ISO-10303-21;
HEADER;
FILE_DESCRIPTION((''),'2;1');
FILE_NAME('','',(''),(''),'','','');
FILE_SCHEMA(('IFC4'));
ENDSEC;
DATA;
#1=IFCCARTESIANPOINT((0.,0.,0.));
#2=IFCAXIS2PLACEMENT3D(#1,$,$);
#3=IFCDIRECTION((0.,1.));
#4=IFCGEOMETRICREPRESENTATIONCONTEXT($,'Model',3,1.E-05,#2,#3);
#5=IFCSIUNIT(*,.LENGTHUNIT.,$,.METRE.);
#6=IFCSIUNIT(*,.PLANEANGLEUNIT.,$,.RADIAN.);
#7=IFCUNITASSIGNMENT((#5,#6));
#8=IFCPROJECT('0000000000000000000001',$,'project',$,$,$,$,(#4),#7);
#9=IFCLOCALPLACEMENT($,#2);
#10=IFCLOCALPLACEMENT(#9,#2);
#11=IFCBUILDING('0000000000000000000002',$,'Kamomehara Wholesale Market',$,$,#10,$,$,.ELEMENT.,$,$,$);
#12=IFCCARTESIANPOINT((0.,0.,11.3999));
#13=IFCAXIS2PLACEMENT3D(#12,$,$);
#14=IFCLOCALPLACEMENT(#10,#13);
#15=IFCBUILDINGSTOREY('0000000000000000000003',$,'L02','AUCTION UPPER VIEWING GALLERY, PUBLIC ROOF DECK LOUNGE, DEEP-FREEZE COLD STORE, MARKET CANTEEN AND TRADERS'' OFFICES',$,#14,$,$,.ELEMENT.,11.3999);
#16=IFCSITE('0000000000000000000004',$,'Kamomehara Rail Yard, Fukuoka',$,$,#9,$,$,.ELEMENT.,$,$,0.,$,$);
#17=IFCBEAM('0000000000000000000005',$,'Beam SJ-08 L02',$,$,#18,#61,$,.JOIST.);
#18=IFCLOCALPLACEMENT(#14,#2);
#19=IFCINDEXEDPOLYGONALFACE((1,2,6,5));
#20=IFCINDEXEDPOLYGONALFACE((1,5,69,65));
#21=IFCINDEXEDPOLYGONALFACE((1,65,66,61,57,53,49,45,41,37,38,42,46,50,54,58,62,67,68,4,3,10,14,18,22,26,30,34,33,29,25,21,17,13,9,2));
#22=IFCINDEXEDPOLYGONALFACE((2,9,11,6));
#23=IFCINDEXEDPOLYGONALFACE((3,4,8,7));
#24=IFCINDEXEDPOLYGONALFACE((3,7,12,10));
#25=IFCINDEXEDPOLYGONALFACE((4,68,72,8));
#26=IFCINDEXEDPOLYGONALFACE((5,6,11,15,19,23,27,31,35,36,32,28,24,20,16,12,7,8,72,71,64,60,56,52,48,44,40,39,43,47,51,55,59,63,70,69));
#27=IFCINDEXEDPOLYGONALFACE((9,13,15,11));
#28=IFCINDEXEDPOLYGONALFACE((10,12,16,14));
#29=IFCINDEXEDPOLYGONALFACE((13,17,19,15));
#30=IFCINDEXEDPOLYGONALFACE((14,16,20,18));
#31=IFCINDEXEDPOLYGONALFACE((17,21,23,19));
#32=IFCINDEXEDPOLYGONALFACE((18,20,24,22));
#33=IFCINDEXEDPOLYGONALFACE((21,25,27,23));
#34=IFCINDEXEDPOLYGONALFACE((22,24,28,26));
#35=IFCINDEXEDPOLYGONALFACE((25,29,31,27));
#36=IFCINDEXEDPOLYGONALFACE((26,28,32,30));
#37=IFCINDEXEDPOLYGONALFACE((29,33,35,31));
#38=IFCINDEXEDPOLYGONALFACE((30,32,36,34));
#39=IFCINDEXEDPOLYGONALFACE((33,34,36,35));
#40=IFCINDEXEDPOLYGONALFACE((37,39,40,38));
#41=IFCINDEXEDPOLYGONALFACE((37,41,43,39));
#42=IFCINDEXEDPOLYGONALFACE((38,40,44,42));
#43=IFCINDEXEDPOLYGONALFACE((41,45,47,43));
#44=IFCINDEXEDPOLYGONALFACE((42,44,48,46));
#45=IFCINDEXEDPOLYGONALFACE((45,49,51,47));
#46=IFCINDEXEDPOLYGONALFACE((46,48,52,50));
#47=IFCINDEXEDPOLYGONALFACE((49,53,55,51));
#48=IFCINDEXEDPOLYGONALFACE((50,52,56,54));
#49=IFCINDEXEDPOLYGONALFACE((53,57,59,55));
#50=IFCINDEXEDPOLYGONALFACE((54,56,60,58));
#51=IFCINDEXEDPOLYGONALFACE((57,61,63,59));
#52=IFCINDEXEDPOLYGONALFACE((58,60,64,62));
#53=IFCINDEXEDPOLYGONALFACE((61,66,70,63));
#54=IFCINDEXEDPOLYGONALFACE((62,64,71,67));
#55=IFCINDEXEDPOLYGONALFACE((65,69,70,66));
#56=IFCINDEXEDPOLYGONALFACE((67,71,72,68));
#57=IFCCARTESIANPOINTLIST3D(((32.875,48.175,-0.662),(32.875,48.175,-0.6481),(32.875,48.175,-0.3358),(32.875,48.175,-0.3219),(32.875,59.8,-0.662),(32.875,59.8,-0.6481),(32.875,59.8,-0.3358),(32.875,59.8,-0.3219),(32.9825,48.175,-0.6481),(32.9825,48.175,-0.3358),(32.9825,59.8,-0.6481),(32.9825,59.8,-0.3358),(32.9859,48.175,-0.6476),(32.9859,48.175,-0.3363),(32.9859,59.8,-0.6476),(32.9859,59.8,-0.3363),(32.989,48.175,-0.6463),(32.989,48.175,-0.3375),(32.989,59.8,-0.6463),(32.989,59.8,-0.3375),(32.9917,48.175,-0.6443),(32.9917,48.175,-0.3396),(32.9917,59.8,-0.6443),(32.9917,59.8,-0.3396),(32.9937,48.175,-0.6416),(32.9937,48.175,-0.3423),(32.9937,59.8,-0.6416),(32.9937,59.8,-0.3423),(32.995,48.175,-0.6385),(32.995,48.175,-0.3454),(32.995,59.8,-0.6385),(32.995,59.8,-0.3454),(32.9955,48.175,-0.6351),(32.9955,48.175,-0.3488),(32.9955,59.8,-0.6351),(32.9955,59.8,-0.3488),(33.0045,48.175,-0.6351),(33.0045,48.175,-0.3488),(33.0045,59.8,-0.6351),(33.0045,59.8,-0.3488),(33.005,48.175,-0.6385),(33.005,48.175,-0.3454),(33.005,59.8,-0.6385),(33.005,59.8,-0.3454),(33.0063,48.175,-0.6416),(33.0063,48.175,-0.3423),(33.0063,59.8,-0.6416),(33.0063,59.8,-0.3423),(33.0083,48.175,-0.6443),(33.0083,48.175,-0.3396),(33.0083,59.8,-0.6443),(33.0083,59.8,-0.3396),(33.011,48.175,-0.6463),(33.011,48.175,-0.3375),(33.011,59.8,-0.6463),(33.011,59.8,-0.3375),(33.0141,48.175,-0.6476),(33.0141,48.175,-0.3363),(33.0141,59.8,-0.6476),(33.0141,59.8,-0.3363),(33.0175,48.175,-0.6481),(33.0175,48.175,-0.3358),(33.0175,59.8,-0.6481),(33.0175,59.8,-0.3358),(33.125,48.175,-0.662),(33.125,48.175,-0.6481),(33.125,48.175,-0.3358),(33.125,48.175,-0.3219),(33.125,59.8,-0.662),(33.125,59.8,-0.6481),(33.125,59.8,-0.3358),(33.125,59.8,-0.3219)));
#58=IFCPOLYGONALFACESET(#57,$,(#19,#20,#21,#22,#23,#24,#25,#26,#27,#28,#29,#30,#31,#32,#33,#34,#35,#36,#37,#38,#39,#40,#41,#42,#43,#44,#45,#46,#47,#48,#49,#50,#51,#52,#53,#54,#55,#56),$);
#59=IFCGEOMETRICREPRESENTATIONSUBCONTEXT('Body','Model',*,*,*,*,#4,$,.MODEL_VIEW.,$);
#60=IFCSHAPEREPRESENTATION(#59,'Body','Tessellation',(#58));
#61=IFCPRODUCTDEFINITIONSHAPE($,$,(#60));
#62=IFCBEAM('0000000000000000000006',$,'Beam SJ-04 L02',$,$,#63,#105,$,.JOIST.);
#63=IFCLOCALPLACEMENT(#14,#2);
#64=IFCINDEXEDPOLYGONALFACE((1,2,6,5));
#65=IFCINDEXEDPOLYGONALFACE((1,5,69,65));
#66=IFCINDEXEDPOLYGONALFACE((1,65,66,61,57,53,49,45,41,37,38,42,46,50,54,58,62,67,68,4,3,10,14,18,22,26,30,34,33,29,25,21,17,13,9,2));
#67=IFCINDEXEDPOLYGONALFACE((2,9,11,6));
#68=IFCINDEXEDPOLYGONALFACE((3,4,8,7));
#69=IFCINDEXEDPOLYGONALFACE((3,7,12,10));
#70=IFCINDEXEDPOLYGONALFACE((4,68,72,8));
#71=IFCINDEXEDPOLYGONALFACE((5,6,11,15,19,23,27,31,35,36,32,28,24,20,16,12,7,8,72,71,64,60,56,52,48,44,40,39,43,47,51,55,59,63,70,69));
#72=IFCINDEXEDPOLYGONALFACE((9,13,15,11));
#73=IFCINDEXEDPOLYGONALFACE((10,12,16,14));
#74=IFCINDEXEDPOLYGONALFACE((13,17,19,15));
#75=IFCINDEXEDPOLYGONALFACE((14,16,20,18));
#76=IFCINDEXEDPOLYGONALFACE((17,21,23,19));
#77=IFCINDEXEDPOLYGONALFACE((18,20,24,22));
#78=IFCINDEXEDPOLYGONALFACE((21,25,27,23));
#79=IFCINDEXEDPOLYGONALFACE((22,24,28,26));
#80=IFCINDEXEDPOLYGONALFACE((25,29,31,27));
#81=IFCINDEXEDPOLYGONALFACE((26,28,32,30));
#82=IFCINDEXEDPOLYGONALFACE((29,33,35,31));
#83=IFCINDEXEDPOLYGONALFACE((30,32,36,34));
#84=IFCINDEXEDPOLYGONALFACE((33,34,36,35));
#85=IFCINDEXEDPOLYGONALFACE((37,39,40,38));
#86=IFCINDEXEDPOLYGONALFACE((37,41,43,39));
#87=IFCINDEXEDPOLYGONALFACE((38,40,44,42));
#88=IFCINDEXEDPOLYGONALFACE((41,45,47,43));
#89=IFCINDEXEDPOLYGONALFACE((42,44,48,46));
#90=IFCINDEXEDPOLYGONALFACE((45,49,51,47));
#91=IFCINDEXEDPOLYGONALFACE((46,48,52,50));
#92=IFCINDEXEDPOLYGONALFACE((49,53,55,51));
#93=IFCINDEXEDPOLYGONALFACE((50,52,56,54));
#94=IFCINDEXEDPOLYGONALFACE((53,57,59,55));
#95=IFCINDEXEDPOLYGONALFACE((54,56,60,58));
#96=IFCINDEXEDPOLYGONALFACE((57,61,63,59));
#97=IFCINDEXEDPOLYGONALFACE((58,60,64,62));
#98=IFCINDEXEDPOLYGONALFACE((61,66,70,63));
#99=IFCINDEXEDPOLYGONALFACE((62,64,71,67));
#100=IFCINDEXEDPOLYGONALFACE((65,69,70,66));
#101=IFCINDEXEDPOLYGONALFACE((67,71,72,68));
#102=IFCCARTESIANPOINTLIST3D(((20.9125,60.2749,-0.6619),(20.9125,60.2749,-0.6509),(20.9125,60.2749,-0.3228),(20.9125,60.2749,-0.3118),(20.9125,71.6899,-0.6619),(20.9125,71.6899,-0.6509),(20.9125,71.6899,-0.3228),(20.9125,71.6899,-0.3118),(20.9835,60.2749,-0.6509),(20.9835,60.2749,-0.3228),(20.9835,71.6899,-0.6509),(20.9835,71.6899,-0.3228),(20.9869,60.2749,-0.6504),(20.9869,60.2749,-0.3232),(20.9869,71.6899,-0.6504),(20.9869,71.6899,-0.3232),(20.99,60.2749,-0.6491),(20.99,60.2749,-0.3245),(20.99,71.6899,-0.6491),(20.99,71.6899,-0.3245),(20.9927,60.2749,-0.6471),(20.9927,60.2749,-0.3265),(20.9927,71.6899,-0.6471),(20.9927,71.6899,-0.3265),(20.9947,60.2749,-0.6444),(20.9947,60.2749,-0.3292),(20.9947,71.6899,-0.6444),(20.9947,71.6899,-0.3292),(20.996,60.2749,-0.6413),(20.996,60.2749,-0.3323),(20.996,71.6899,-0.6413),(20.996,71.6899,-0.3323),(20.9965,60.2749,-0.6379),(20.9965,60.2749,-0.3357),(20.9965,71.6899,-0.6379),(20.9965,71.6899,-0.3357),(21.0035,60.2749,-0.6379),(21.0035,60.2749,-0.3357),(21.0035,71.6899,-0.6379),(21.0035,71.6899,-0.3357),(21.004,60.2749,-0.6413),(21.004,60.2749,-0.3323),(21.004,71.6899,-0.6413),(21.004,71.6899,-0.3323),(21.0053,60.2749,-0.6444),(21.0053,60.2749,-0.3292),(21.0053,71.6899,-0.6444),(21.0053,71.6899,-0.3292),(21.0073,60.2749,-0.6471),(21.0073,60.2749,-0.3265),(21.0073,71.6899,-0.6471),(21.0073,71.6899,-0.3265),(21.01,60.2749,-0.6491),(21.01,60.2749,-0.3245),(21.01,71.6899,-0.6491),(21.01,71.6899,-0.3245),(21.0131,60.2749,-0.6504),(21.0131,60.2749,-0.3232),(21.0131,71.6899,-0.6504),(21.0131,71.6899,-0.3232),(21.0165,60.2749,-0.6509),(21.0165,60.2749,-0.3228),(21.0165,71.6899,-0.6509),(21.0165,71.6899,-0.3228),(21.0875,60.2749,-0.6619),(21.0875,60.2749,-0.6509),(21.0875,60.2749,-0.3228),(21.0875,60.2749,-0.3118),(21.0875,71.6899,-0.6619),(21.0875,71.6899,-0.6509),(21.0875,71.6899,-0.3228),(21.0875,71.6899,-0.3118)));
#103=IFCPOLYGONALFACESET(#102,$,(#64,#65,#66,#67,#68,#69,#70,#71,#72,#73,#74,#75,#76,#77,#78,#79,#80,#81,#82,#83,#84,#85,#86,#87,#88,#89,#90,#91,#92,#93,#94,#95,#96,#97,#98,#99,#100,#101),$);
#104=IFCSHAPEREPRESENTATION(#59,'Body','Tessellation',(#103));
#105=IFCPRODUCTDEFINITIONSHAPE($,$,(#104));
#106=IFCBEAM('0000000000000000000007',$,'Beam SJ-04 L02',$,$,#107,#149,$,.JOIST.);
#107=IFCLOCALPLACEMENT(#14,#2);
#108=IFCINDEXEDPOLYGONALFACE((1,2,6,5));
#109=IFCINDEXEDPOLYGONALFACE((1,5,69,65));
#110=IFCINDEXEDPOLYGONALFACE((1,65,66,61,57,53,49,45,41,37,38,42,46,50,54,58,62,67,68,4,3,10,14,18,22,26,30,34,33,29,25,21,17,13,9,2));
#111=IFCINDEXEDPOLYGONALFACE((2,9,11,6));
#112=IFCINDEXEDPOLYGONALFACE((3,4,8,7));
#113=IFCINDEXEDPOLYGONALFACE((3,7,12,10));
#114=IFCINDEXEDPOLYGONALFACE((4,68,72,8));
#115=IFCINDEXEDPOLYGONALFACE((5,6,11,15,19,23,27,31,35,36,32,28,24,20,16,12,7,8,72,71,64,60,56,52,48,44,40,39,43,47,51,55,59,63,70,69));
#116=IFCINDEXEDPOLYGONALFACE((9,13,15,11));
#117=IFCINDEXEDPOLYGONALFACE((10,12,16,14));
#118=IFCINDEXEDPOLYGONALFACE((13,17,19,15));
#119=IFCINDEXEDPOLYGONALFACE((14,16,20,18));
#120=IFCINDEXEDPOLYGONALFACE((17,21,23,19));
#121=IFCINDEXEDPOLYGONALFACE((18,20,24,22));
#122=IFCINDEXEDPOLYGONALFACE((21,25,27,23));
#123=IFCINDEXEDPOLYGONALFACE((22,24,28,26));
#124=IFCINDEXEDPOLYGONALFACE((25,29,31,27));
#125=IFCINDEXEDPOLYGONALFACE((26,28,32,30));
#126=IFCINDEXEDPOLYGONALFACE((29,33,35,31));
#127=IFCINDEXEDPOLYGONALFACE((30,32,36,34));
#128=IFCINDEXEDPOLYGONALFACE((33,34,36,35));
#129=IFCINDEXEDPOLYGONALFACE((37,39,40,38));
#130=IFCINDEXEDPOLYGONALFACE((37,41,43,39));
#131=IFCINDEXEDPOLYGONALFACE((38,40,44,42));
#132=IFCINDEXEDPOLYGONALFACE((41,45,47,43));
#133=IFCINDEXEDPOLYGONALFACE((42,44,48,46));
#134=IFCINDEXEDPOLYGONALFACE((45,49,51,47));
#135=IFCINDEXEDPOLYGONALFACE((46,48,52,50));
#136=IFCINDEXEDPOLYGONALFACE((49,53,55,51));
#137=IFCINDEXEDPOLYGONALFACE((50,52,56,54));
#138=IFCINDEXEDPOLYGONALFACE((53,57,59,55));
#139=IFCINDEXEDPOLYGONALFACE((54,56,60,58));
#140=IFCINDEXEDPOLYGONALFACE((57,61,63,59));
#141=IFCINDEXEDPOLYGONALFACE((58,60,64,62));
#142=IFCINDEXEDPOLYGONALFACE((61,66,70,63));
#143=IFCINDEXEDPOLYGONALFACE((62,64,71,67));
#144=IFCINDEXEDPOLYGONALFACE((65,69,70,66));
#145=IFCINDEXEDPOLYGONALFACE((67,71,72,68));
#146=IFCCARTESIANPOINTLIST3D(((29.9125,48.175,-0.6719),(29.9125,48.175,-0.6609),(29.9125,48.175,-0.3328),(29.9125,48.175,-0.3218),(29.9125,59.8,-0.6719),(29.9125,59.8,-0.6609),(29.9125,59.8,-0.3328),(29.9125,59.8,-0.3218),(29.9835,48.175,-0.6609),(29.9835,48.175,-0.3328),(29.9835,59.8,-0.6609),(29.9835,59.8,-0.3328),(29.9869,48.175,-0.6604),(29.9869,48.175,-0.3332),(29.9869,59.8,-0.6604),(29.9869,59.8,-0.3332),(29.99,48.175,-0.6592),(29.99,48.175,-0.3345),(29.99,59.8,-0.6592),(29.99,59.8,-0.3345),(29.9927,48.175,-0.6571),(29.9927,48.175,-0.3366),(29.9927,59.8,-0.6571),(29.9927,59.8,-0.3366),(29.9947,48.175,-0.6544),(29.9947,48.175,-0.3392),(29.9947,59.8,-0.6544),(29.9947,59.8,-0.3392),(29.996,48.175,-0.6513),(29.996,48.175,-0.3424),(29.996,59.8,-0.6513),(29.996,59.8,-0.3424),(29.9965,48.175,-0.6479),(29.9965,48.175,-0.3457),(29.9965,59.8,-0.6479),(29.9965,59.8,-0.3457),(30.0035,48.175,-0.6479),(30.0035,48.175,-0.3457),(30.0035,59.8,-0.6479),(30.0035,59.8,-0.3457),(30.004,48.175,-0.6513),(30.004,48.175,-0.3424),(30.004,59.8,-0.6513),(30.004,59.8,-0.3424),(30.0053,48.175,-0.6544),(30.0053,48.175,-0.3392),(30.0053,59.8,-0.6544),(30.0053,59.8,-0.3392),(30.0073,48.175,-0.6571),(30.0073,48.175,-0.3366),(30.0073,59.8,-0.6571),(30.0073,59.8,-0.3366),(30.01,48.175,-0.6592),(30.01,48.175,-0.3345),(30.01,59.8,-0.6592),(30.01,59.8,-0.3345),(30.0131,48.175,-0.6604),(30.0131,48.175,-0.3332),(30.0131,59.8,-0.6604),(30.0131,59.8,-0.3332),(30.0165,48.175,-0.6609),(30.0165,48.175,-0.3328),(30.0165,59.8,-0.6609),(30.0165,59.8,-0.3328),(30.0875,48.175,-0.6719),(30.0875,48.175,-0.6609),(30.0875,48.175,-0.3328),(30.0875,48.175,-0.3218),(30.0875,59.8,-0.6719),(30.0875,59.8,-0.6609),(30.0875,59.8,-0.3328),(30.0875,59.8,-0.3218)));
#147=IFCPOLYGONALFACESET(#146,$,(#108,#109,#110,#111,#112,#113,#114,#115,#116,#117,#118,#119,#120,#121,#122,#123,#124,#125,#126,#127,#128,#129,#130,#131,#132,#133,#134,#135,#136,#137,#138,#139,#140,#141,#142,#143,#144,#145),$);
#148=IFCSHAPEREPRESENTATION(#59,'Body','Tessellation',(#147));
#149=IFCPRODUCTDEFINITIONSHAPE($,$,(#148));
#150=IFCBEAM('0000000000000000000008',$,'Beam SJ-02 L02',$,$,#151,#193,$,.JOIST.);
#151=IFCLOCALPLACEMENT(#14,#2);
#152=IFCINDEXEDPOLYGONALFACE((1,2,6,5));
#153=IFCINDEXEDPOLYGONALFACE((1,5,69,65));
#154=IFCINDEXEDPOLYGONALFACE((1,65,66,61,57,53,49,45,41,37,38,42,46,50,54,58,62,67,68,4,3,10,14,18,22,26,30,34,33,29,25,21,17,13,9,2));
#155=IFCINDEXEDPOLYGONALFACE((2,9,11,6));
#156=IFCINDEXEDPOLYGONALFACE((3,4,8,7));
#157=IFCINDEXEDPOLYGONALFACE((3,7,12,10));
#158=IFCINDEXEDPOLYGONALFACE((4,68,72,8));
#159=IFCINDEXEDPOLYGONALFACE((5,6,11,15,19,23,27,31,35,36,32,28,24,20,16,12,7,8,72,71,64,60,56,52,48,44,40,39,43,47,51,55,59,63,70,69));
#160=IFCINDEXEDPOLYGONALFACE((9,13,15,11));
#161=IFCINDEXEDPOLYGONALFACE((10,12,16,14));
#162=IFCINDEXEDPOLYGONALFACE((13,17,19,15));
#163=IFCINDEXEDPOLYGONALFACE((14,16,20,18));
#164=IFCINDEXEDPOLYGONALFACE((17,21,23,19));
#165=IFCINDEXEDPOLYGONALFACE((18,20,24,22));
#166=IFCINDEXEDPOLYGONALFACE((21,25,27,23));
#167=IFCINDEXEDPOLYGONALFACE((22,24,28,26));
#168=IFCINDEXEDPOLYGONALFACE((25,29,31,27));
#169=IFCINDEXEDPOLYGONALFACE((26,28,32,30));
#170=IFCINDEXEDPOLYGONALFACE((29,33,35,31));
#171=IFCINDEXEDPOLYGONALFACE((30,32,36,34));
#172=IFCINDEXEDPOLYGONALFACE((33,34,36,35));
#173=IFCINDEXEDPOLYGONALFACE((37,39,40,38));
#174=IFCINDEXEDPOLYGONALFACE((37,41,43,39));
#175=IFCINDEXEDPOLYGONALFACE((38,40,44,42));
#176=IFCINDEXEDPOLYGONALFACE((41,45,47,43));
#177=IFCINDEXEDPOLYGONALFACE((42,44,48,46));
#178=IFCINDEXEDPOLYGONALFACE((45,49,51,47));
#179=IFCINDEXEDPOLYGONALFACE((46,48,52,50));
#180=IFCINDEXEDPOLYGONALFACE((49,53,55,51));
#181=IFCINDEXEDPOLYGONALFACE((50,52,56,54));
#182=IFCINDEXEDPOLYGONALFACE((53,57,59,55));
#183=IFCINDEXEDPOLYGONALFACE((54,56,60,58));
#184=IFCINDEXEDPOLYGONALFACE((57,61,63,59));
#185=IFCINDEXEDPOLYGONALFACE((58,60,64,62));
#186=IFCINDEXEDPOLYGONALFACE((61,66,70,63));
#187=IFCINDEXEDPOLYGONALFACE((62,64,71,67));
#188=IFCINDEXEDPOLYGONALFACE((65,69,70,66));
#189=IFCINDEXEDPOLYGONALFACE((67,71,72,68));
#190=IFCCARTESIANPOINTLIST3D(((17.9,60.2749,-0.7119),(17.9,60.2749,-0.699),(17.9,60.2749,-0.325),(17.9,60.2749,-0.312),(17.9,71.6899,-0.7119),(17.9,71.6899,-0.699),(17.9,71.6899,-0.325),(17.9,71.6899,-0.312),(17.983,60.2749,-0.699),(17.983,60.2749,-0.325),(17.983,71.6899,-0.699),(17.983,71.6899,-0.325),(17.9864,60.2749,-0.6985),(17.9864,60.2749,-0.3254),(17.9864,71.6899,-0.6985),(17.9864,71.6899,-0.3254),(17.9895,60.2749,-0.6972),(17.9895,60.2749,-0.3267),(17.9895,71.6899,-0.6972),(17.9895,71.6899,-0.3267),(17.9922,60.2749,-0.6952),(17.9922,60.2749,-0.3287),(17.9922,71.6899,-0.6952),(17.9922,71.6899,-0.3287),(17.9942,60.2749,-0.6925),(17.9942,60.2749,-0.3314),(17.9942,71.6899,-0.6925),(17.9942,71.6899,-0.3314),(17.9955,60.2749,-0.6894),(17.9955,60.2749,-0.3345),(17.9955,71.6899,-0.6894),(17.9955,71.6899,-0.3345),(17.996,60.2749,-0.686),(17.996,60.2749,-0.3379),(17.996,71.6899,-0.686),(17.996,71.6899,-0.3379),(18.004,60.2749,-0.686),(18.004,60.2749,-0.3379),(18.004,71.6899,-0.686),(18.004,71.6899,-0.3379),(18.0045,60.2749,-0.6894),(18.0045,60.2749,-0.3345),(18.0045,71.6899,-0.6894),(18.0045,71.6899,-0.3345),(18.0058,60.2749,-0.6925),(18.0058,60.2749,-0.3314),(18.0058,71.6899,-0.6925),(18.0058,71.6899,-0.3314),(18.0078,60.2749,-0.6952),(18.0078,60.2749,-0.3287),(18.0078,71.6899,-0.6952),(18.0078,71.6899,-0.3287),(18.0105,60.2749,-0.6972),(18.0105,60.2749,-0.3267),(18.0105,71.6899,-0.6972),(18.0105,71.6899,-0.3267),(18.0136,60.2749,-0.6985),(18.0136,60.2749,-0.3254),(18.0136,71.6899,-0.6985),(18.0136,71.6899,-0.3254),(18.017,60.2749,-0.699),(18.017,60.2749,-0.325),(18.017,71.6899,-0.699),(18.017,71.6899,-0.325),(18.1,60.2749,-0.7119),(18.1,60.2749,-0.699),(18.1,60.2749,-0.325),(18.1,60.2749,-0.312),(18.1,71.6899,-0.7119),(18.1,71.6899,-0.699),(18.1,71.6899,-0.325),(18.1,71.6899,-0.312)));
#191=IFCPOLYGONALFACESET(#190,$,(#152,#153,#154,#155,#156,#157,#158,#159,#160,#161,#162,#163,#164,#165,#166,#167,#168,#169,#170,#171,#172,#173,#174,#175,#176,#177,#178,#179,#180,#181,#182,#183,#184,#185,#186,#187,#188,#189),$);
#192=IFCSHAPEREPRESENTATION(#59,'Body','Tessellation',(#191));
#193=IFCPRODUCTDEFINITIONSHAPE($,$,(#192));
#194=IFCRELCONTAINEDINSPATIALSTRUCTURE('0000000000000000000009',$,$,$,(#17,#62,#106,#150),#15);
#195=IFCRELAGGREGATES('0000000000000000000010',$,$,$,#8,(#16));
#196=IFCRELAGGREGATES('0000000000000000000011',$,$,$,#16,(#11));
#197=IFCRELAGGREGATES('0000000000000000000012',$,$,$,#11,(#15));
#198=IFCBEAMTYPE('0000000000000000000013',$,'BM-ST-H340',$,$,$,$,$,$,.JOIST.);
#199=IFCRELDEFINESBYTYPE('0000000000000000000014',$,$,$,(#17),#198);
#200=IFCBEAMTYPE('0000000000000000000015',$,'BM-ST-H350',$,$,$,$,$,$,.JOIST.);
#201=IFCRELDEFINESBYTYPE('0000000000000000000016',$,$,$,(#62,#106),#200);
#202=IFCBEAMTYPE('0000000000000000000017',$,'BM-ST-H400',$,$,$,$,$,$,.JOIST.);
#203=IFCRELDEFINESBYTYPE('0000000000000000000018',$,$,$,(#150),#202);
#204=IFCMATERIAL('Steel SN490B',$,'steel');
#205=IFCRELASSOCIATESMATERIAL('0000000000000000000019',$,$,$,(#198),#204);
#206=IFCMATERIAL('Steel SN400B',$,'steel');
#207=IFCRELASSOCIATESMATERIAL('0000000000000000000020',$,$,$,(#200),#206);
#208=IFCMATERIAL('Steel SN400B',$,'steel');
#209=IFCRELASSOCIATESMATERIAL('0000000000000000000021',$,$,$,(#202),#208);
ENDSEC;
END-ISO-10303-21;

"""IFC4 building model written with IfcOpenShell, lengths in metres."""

from ifc_helpers import new_model, si_unit, direction, frame, origin, origin_2d, place, context, subcontext, project, spatial, i_section, extrude, material, material_profile, profile_set, type_object, element, save


model = new_model("IFC4")

# Units and contexts
model_context = context("Model", 3, precision=1e-05, world=origin(), true_north=direction((0.0, 1.0)))
body_context = subcontext(model_context, "Body", "Model", "MODEL_VIEW")
ifc_project = project(units=[si_unit("LENGTHUNIT", "METRE"), si_unit("PLANEANGLEUNIT", "RADIAN")], contexts=[model_context])

# Site, building, storey
site_placement = place(None, origin())
site = spatial("IfcSite", under=ifc_project, at=site_placement, Name="Kamomehara Rail Yard, Fukuoka", CompositionType="ELEMENT", RefElevation=0.0)
building_placement = place(site_placement, origin())
building = spatial("IfcBuilding", under=site, at=building_placement, Name="Kamomehara Wholesale Market", CompositionType="ELEMENT")
storey_placement = place(building_placement, frame((0.0, 0.0, 11.3999)))
storey = spatial("IfcBuildingStorey", under=building, at=storey_placement, Name="L02", Description="AUCTION UPPER VIEWING GALLERY, PUBLIC ROOF DECK LOUNGE, DEEP-FREEZE COLD STORE, MARKET CANTEEN AND TRADERS' OFFICES", CompositionType="ELEMENT", Elevation=11.3999)

# Beams
ifc_material_1 = material(Name="Steel SN490B", Category="steel")
ifc_material_profile_1 = material_profile(ifc_material_1, i_section(OverallWidth=0.25, OverallDepth=0.3401, WebThickness=0.009, FlangeThickness=0.0139, FilletRadius=0.0129, at=origin_2d()), Name="H-340x250x9x14")
ifc_profile_set_1 = profile_set([ifc_material_profile_1], Name="Steel SN490B")
beam_type_1 = type_object("IfcBeamType", Name="BM-ST-H340", PredefinedType="JOIST", material=ifc_profile_set_1)
beam_1_placement = place(storey_placement, frame((33.0, 48.175, -0.4919), z_axis=(0.0, 1.0, 0.0), x_axis=(-1.0, 0.0, 0.0)))
element("IfcBeam", 1, at=beam_1_placement, inside=storey, type_object=beam_type_1, Name="Beam SJ-08 L02", PredefinedType="JOIST", context=body_context, shape_type="SweptSolid", body=[
    extrude(i_section(OverallWidth=0.25, OverallDepth=0.3401, WebThickness=0.009, FlangeThickness=0.0139, FilletRadius=0.0129, at=origin_2d()), origin(), (0.0, 0.0, 1.0), 11.625),
])
ifc_material_2 = material(Name="Steel SN400B", Category="steel")
ifc_material_profile_2 = material_profile(ifc_material_2, i_section(OverallWidth=0.175, OverallDepth=0.3501, WebThickness=0.0071, FlangeThickness=0.011, FilletRadius=0.0129, at=origin_2d()), Name="H-350x175x7x11")
ifc_profile_set_2 = profile_set([ifc_material_profile_2], Name="Steel SN400B")
beam_type_2 = type_object("IfcBeamType", Name="BM-ST-H350", PredefinedType="JOIST", material=ifc_profile_set_2)
beam_2_placement = place(storey_placement, frame((21.0, 60.2749, -0.4868), z_axis=(0.0, 1.0, 0.0), x_axis=(-1.0, 0.0, 0.0)))
element("IfcBeam", 2, at=beam_2_placement, inside=storey, type_object=beam_type_2, Name="Beam SJ-04 L02", PredefinedType="JOIST", context=body_context, shape_type="SweptSolid", body=[
    extrude(i_section(OverallWidth=0.175, OverallDepth=0.3501, WebThickness=0.0071, FlangeThickness=0.011, FilletRadius=0.0129, at=origin_2d()), origin(), (0.0, 0.0, 1.0), 11.415),
])
beam_3_placement = place(storey_placement, frame((30.0, 48.175, -0.4968), z_axis=(0.0, 1.0, 0.0), x_axis=(-1.0, 0.0, 0.0)))
element("IfcBeam", 3, at=beam_3_placement, inside=storey, type_object=beam_type_2, Name="Beam SJ-04 L02", PredefinedType="JOIST", context=body_context, shape_type="SweptSolid", body=[
    extrude(i_section(OverallWidth=0.175, OverallDepth=0.3501, WebThickness=0.0071, FlangeThickness=0.011, FilletRadius=0.0129, at=origin_2d()), origin(), (0.0, 0.0, 1.0), 11.625),
])
ifc_material_3 = material(Name="Steel SN400B", Category="steel")
ifc_material_profile_3 = material_profile(ifc_material_3, i_section(OverallWidth=0.2, OverallDepth=0.3999, WebThickness=0.0081, FlangeThickness=0.0129, FilletRadius=0.0129, at=origin_2d()), Name="H-400x200x8x13")
ifc_profile_set_3 = profile_set([ifc_material_profile_3], Name="Steel SN400B")
beam_type_3 = type_object("IfcBeamType", Name="BM-ST-H400", PredefinedType="JOIST", material=ifc_profile_set_3)
beam_4_placement = place(storey_placement, frame((18.0, 60.2749, -0.512), z_axis=(0.0, 1.0, 0.0), x_axis=(-1.0, 0.0, 0.0)))
element("IfcBeam", 4, at=beam_4_placement, inside=storey, type_object=beam_type_3, Name="Beam SJ-02 L02", PredefinedType="JOIST", context=body_context, shape_type="SweptSolid", body=[
    extrude(i_section(OverallWidth=0.2, OverallDepth=0.3999, WebThickness=0.0081, FlangeThickness=0.0129, FilletRadius=0.0129, at=origin_2d()), origin(), (0.0, 0.0, 1.0), 11.415),
])

save(model, "model.ifc")
